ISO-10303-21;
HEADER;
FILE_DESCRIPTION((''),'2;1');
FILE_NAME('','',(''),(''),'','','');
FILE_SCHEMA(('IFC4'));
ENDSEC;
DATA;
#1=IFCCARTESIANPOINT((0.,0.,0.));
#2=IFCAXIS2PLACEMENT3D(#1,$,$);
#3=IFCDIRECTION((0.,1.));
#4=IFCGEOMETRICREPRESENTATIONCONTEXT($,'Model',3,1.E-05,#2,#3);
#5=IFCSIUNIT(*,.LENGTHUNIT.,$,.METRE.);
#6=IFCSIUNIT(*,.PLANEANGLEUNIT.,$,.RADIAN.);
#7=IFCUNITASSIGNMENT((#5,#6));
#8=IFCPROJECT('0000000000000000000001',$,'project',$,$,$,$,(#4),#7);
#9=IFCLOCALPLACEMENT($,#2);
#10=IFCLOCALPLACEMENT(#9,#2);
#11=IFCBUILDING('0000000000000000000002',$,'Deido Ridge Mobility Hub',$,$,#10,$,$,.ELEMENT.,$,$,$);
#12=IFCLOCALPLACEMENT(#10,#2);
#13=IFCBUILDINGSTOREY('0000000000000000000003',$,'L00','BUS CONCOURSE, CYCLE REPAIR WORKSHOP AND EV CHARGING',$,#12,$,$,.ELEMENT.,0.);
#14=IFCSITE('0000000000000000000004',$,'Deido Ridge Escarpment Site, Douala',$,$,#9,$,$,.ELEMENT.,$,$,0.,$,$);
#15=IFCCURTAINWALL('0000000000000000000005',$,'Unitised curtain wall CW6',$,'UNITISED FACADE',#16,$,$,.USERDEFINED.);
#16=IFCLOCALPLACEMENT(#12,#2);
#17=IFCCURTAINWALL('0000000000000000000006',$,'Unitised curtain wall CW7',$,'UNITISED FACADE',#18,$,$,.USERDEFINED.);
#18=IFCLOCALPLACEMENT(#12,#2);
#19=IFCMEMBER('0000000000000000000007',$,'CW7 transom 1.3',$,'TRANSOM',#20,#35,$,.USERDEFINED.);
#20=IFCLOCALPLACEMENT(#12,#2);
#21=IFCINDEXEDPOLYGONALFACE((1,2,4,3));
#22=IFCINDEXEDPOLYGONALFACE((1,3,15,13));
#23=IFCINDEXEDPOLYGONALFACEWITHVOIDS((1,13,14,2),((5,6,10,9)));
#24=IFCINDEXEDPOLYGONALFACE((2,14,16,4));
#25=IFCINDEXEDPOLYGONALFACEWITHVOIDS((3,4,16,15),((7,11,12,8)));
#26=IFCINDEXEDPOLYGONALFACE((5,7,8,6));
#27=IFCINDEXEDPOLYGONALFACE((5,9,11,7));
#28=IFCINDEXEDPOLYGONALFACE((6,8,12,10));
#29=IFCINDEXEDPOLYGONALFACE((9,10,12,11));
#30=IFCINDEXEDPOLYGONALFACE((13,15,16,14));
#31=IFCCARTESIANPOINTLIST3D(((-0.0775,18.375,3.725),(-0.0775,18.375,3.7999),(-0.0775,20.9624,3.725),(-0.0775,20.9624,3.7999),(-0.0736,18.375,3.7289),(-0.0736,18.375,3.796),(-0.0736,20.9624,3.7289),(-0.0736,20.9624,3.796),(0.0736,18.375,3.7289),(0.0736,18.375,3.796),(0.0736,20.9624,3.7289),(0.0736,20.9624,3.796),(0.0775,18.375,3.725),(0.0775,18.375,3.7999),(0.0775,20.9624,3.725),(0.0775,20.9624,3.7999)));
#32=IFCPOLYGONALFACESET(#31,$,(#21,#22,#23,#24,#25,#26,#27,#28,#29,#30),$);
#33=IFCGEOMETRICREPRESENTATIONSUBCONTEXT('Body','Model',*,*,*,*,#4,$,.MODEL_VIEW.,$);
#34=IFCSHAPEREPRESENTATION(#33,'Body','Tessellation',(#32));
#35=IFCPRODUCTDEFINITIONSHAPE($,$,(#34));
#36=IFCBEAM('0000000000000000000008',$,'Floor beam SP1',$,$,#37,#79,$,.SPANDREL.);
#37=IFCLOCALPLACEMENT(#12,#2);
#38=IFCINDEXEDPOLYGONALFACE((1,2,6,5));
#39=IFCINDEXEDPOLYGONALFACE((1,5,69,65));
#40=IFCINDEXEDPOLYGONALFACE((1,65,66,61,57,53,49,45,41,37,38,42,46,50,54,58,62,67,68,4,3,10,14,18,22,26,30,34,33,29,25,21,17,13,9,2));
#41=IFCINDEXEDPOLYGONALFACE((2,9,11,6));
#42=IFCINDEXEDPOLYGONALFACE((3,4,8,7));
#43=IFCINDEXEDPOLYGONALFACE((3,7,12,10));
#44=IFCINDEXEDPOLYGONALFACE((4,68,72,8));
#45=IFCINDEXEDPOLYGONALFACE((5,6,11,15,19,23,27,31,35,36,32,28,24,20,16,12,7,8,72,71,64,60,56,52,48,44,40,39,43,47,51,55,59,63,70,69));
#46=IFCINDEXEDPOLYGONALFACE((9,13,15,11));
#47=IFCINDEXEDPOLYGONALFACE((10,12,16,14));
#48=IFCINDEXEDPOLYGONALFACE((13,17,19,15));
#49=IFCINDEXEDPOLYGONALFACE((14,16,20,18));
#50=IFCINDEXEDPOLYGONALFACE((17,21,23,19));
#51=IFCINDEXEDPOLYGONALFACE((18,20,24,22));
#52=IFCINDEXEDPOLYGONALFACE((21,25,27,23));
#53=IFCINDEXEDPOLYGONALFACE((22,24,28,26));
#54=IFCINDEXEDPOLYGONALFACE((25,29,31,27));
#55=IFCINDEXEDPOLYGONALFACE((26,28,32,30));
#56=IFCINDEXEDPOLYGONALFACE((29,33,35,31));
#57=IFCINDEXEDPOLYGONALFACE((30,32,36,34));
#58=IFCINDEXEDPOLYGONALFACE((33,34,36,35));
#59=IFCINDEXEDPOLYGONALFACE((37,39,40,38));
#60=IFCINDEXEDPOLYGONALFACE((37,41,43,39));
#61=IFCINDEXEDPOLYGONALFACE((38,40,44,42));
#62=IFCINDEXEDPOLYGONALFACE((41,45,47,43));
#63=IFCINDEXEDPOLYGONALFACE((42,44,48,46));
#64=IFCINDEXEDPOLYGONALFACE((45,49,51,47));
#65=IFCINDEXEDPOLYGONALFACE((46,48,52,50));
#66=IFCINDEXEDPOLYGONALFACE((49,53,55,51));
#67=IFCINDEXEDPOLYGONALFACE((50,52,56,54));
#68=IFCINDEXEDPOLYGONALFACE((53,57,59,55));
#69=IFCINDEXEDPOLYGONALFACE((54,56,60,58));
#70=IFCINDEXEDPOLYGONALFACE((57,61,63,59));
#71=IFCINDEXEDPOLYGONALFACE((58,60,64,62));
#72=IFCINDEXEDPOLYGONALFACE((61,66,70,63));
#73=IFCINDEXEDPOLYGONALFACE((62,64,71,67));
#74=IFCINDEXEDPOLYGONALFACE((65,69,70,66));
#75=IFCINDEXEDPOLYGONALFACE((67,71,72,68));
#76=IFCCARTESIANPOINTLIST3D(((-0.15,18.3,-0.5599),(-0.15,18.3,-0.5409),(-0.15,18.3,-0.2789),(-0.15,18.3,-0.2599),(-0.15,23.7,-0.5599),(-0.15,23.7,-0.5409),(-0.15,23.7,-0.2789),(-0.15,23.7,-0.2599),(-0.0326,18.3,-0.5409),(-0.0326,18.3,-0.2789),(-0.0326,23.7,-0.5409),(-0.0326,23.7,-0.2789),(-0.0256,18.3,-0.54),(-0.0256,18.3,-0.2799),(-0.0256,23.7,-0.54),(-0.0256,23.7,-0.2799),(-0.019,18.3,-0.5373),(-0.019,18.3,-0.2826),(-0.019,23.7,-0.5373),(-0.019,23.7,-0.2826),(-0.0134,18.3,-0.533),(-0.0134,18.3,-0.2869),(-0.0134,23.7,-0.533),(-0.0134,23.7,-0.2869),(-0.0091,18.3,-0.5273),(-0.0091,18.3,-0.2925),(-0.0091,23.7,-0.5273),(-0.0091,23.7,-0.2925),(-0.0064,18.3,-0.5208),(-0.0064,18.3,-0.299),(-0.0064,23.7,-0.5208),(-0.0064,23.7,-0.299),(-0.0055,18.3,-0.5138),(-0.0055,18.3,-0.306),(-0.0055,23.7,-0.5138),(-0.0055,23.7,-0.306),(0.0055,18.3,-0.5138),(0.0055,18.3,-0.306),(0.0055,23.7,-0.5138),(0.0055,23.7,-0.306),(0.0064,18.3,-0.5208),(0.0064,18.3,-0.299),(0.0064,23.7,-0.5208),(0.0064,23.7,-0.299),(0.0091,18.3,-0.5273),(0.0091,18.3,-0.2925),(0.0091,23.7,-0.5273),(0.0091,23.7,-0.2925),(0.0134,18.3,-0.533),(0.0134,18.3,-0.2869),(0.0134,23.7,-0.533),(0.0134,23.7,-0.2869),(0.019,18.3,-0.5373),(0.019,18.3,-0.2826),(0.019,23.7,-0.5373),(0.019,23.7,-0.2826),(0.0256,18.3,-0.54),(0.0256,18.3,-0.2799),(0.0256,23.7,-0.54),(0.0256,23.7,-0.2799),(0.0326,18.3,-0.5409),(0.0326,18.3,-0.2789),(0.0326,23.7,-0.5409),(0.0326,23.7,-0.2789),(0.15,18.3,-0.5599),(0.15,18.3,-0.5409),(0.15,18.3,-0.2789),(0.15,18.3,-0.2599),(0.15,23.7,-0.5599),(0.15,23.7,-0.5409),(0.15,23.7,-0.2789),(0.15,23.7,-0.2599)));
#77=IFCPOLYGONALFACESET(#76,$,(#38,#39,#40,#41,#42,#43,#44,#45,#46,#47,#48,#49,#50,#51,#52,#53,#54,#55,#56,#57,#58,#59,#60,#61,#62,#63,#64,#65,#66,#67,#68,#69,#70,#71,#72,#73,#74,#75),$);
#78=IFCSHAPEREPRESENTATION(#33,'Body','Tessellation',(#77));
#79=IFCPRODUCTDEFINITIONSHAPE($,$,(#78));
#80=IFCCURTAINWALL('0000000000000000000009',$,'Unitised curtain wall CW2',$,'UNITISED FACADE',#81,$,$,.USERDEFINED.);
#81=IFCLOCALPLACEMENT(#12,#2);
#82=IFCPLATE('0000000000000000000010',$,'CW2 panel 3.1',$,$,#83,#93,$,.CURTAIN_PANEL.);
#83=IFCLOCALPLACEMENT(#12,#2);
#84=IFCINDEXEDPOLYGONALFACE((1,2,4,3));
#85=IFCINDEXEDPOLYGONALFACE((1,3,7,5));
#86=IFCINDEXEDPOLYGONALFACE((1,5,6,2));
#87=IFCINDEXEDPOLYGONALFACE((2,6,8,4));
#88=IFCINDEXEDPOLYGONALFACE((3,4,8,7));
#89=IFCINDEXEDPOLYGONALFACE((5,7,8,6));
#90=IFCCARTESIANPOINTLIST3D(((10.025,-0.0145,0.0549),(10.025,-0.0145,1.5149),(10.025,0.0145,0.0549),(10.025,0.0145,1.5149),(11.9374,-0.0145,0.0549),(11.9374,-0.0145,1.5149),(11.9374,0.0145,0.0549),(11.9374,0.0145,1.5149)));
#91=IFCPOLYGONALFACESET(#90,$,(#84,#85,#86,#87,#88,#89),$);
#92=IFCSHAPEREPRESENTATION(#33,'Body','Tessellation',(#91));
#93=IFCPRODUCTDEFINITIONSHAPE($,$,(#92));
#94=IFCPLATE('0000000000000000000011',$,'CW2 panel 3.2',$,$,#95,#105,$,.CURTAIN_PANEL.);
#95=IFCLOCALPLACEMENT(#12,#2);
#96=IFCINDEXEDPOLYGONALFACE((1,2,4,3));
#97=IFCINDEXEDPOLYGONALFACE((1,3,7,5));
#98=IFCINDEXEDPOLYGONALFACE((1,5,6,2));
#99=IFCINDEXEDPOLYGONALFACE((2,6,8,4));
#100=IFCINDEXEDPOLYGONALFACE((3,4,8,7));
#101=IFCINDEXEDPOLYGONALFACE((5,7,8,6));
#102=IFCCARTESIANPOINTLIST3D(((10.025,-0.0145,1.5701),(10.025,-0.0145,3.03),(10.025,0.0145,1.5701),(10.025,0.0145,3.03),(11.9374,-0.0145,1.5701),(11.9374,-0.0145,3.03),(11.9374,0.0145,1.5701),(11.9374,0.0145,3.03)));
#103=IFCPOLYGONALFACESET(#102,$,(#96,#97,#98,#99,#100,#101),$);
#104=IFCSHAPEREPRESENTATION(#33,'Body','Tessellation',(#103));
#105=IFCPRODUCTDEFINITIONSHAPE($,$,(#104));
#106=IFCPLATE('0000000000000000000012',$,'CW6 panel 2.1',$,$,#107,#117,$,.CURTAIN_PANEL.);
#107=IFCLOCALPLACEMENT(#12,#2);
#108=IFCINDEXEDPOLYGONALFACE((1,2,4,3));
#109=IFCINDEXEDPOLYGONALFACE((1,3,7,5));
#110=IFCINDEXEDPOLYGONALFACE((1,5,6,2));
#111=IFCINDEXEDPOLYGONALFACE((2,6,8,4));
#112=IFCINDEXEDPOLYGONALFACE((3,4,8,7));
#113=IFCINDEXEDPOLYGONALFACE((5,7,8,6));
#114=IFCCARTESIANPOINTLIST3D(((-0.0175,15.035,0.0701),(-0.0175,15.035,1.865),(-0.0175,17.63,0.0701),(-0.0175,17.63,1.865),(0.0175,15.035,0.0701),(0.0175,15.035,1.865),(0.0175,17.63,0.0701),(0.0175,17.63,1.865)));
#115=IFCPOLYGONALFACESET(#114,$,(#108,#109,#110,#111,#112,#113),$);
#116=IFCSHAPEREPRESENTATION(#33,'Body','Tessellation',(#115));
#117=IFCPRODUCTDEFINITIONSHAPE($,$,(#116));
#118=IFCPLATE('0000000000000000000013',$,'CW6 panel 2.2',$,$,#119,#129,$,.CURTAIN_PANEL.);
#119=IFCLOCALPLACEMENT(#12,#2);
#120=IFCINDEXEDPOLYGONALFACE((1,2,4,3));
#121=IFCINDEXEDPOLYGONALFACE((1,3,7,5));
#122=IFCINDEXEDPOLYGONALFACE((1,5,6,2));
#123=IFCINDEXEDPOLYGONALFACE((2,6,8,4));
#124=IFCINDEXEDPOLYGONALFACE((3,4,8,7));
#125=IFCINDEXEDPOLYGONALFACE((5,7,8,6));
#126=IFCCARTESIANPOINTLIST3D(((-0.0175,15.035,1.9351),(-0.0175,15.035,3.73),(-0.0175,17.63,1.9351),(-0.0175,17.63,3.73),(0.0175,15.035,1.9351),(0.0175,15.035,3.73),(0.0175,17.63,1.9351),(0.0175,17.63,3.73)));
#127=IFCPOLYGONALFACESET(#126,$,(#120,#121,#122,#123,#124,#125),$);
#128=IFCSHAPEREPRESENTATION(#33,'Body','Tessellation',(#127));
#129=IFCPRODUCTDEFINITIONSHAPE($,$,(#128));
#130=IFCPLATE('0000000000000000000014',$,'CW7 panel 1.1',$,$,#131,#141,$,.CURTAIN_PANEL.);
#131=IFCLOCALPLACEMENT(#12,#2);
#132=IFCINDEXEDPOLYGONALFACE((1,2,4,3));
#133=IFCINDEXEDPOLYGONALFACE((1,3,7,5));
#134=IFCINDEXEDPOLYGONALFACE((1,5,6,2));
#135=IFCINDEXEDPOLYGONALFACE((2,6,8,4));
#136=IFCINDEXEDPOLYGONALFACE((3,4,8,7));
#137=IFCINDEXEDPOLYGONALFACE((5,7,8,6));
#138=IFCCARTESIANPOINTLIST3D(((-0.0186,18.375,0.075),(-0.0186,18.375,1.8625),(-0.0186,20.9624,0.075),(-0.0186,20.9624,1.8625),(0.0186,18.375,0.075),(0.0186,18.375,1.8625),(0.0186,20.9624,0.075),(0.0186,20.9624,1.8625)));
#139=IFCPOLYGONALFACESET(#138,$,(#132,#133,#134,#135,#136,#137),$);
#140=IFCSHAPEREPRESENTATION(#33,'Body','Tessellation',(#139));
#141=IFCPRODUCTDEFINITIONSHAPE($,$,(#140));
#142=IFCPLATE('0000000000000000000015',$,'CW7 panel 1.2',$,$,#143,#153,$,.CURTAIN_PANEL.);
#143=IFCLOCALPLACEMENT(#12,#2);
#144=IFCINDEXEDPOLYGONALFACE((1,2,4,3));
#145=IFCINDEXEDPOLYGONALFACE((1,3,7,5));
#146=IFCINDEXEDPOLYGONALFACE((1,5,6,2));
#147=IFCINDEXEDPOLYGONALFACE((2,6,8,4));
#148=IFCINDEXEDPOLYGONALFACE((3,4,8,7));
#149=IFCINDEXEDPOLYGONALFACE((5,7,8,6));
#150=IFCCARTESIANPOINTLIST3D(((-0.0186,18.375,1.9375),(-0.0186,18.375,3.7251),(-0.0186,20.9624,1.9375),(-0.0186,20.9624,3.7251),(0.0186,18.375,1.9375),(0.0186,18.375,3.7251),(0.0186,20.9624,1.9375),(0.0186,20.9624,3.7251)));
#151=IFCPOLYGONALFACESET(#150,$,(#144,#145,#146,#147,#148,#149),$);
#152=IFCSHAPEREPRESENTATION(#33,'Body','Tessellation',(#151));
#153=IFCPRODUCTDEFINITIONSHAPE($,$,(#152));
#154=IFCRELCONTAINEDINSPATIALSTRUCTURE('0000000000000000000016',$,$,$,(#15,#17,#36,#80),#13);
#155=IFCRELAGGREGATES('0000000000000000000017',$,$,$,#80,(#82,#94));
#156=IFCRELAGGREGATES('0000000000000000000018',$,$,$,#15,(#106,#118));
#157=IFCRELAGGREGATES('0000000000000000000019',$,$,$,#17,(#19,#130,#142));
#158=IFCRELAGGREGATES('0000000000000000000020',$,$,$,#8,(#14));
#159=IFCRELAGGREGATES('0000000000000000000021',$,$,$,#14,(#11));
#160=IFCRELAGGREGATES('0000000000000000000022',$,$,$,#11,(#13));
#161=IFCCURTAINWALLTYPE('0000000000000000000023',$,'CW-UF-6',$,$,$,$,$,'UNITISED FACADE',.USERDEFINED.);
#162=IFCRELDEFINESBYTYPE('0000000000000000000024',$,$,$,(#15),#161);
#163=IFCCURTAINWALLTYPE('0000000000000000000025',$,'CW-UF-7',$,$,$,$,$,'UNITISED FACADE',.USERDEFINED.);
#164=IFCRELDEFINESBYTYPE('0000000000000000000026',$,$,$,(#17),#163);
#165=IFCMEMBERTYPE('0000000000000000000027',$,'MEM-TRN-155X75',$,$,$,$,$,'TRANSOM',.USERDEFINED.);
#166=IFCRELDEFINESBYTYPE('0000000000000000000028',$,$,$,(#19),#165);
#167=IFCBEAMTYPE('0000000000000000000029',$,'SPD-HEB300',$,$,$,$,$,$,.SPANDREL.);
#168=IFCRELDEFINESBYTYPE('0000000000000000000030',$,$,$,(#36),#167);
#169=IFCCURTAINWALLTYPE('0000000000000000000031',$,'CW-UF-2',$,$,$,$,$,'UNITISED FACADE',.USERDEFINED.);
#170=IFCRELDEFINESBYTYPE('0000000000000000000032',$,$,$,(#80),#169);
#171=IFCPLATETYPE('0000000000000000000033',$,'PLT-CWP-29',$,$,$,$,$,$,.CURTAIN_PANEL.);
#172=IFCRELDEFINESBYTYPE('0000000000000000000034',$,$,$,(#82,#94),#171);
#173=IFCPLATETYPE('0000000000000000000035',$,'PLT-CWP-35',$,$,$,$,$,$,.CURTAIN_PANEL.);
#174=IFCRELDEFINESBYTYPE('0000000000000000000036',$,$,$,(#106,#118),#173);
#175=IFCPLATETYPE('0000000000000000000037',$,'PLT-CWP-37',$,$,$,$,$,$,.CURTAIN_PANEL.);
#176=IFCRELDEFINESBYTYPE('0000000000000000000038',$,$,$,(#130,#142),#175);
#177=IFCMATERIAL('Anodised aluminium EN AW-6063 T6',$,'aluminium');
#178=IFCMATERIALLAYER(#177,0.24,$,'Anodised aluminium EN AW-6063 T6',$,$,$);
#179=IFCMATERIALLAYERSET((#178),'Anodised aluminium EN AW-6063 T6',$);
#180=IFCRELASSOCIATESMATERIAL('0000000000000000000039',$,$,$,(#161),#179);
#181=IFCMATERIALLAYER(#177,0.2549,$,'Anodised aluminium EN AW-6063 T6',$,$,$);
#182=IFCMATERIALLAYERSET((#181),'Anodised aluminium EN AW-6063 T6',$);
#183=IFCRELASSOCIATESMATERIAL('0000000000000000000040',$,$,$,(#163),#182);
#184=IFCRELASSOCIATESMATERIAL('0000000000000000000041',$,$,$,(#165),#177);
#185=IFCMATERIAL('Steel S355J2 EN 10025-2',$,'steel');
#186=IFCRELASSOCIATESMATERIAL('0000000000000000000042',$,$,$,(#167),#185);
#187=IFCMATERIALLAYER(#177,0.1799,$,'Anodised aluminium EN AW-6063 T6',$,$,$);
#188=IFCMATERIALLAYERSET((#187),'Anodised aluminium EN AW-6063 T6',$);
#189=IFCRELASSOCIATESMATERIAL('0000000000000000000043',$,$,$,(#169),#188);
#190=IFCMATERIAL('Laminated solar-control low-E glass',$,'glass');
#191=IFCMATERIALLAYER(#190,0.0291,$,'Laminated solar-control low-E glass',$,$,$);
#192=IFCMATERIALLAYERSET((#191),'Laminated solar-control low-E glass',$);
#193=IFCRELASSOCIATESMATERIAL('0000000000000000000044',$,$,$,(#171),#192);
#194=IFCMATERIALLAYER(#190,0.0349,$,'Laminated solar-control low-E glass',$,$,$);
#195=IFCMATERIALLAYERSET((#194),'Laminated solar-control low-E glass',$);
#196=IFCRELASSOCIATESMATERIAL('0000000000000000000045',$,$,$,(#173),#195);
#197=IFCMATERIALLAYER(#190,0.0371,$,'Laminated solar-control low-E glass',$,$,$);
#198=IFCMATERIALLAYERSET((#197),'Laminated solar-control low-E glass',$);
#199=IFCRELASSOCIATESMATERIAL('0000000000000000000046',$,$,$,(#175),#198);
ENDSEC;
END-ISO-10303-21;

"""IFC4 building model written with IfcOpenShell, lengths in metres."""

from ifc_helpers import new_model, si_unit, direction, frame, origin, origin_2d, place, context, subcontext, project, spatial, rectangle, hollow_rectangle, i_section, extrude, material, layer, layer_set, material_profile, profile_set, type_object, element, aggregate, save


model = new_model("IFC4")

# Units and contexts
model_context = context("Model", 3, precision=1e-05, world=origin(), true_north=direction((0.0, 1.0)))
body_context = subcontext(model_context, "Body", "Model", "MODEL_VIEW")
ifc_project = project(units=[si_unit("LENGTHUNIT", "METRE"), si_unit("PLANEANGLEUNIT", "RADIAN")], contexts=[model_context])

# Site, building, storey
site_placement = place(None, origin())
site = spatial("IfcSite", under=ifc_project, at=site_placement, Name="Deido Ridge Escarpment Site, Douala", CompositionType="ELEMENT", RefElevation=0.0)
building_placement = place(site_placement, origin())
building = spatial("IfcBuilding", under=site, at=building_placement, Name="Deido Ridge Mobility Hub", CompositionType="ELEMENT")
storey_placement = place(building_placement, origin())
storey = spatial("IfcBuildingStorey", under=building, at=storey_placement, Name="L00", Description="BUS CONCOURSE, CYCLE REPAIR WORKSHOP AND EV CHARGING", CompositionType="ELEMENT", Elevation=0.0)

# Shared definitions
ifc_material_1 = material(Name="Steel S355J2 EN 10025-2", Category="steel")

# Curtain walls
ifc_material_2 = material(Name="Anodised aluminium EN AW-6063 T6", Category="aluminium")
ifc_layer_1 = layer(ifc_material_2, 0.24, Name="Anodised aluminium EN AW-6063 T6")
ifc_layer_set_1 = layer_set([ifc_layer_1], Name="Anodised aluminium EN AW-6063 T6")
curtain_wall_type_1 = type_object("IfcCurtainWallType", Name="CW-UF-6", ElementType="UNITISED FACADE", PredefinedType="USERDEFINED", material=ifc_layer_set_1)
curtain_wall_1_placement = place(storey_placement, origin())
curtain_wall_1 = element("IfcCurtainWall", 1, at=curtain_wall_1_placement, inside=storey, type_object=curtain_wall_type_1, Name="Unitised curtain wall CW6", ObjectType="UNITISED FACADE", PredefinedType="USERDEFINED")
ifc_layer_2 = layer(ifc_material_2, 0.2549, Name="Anodised aluminium EN AW-6063 T6")
ifc_layer_set_2 = layer_set([ifc_layer_2], Name="Anodised aluminium EN AW-6063 T6")
curtain_wall_type_2 = type_object("IfcCurtainWallType", Name="CW-UF-7", ElementType="UNITISED FACADE", PredefinedType="USERDEFINED", material=ifc_layer_set_2)
curtain_wall_2_placement = place(storey_placement, origin())
curtain_wall_2 = element("IfcCurtainWall", 2, at=curtain_wall_2_placement, inside=storey, type_object=curtain_wall_type_2, Name="Unitised curtain wall CW7", ObjectType="UNITISED FACADE", PredefinedType="USERDEFINED")

# Member
ifc_material_profile_1 = material_profile(ifc_material_2, hollow_rectangle(XDim=0.155, YDim=0.075, WallThickness=0.0039, at=origin_2d()), Name="RHS 155x75x4")
ifc_profile_set_1 = profile_set([ifc_material_profile_1], Name="Anodised aluminium EN AW-6063 T6")
member_type_1 = type_object("IfcMemberType", Name="MEM-TRN-155X75", ElementType="TRANSOM", PredefinedType="USERDEFINED", material=ifc_profile_set_1)
member_1_placement = place(storey_placement, frame((0.0, 18.375, 3.7625), z_axis=(0.0, 1.0, 0.0), x_axis=(-1.0, 0.0, 0.0)))
member_1 = element("IfcMember", 3, at=member_1_placement, type_object=member_type_1, Name="CW7 transom 1.3", ObjectType="TRANSOM", PredefinedType="USERDEFINED", context=body_context, shape_type="SweptSolid", body=[
    extrude(hollow_rectangle(XDim=0.155, YDim=0.075, WallThickness=0.0039, at=origin_2d()), origin(), (0.0, 0.0, 1.0), 2.5874),
])

# Beam
ifc_material_profile_2 = material_profile(ifc_material_1, i_section(OverallWidth=0.3, OverallDepth=0.3, WebThickness=0.011, FlangeThickness=0.019, FilletRadius=0.0271, at=origin_2d()), Name="HEB 300")
ifc_profile_set_2 = profile_set([ifc_material_profile_2], Name="Steel S355J2 EN 10025-2")
beam_type = type_object("IfcBeamType", Name="SPD-HEB300", PredefinedType="SPANDREL", material=ifc_profile_set_2)
beam_placement = place(storey_placement, frame((0.0, 18.3, -0.4099), z_axis=(0.0, 1.0, 0.0), x_axis=(-1.0, 0.0, 0.0)))
element("IfcBeam", 4, at=beam_placement, inside=storey, type_object=beam_type, Name="Floor beam SP1", PredefinedType="SPANDREL", context=body_context, shape_type="SweptSolid", body=[
    extrude(i_section(OverallWidth=0.3, OverallDepth=0.3, WebThickness=0.011, FlangeThickness=0.019, FilletRadius=0.0271, at=origin_2d()), origin(), (0.0, 0.0, 1.0), 5.3999),
])

# Curtain wall, plates
ifc_layer_3 = layer(ifc_material_2, 0.1799, Name="Anodised aluminium EN AW-6063 T6")
ifc_layer_set_3 = layer_set([ifc_layer_3], Name="Anodised aluminium EN AW-6063 T6")
curtain_wall_type_3 = type_object("IfcCurtainWallType", Name="CW-UF-2", ElementType="UNITISED FACADE", PredefinedType="USERDEFINED", material=ifc_layer_set_3)
curtain_wall_3_placement = place(storey_placement, origin())
curtain_wall_3 = element("IfcCurtainWall", 5, at=curtain_wall_3_placement, inside=storey, type_object=curtain_wall_type_3, Name="Unitised curtain wall CW2", ObjectType="UNITISED FACADE", PredefinedType="USERDEFINED")
ifc_material_3 = material(Name="Laminated solar-control low-E glass", Category="glass")
ifc_layer_4 = layer(ifc_material_3, 0.0291, Name="Laminated solar-control low-E glass")
ifc_layer_set_4 = layer_set([ifc_layer_4], Name="Laminated solar-control low-E glass")
plate_type_1 = type_object("IfcPlateType", Name="PLT-CWP-29", PredefinedType="CURTAIN_PANEL", material=ifc_layer_set_4)
plate_1_placement = place(storey_placement, frame((10.9812, 0.0, 0.0549), z_axis=(0.0, 0.0, 1.0), x_axis=(1.0, 0.0, 0.0)))
plate_1 = element("IfcPlate", 6, at=plate_1_placement, type_object=plate_type_1, Name="CW2 panel 3.1", PredefinedType="CURTAIN_PANEL", context=body_context, shape_type="SweptSolid", body=[
    extrude(rectangle(XDim=1.9124, YDim=0.0291, at=origin_2d()), origin(), (0.0, 0.0, 1.0), 1.46),
])
plate_2_placement = place(storey_placement, frame((10.9812, 0.0, 1.5701), z_axis=(0.0, 0.0, 1.0), x_axis=(1.0, 0.0, 0.0)))
plate_2 = element("IfcPlate", 7, at=plate_2_placement, type_object=plate_type_1, Name="CW2 panel 3.2", PredefinedType="CURTAIN_PANEL", context=body_context, shape_type="SweptSolid", body=[
    extrude(rectangle(XDim=1.9124, YDim=0.0291, at=origin_2d()), origin(), (0.0, 0.0, 1.0), 1.46),
])
aggregate(curtain_wall_3, [plate_1, plate_2])

# Plates
ifc_layer_5 = layer(ifc_material_3, 0.0349, Name="Laminated solar-control low-E glass")
ifc_layer_set_5 = layer_set([ifc_layer_5], Name="Laminated solar-control low-E glass")
plate_type_2 = type_object("IfcPlateType", Name="PLT-CWP-35", PredefinedType="CURTAIN_PANEL", material=ifc_layer_set_5)
plate_3_placement = place(storey_placement, frame((0.0, 16.3325, 0.0701), z_axis=(0.0, 0.0, 1.0), x_axis=(0.0, 1.0, 0.0)))
plate_3 = element("IfcPlate", 8, at=plate_3_placement, type_object=plate_type_2, Name="CW6 panel 2.1", PredefinedType="CURTAIN_PANEL", context=body_context, shape_type="SweptSolid", body=[
    extrude(rectangle(XDim=2.595, YDim=0.0349, at=origin_2d()), origin(), (0.0, 0.0, 1.0), 1.7949),
])
plate_4_placement = place(storey_placement, frame((0.0, 16.3325, 1.9351), z_axis=(0.0, 0.0, 1.0), x_axis=(0.0, 1.0, 0.0)))
plate_4 = element("IfcPlate", 9, at=plate_4_placement, type_object=plate_type_2, Name="CW6 panel 2.2", PredefinedType="CURTAIN_PANEL", context=body_context, shape_type="SweptSolid", body=[
    extrude(rectangle(XDim=2.595, YDim=0.0349, at=origin_2d()), origin(), (0.0, 0.0, 1.0), 1.7949),
])
aggregate(curtain_wall_1, [plate_3, plate_4])
ifc_layer_6 = layer(ifc_material_3, 0.0371, Name="Laminated solar-control low-E glass")
ifc_layer_set_6 = layer_set([ifc_layer_6], Name="Laminated solar-control low-E glass")
plate_type_3 = type_object("IfcPlateType", Name="PLT-CWP-37", PredefinedType="CURTAIN_PANEL", material=ifc_layer_set_6)
plate_5_placement = place(storey_placement, frame((0.0, 19.6687, 0.075), z_axis=(0.0, 0.0, 1.0), x_axis=(0.0, 1.0, 0.0)))
plate_5 = element("IfcPlate", 10, at=plate_5_placement, type_object=plate_type_3, Name="CW7 panel 1.1", PredefinedType="CURTAIN_PANEL", context=body_context, shape_type="SweptSolid", body=[
    extrude(rectangle(XDim=2.5874, YDim=0.0371, at=origin_2d()), origin(), (0.0, 0.0, 1.0), 1.7876),
])
plate_6_placement = place(storey_placement, frame((0.0, 19.6687, 1.9375), z_axis=(0.0, 0.0, 1.0), x_axis=(0.0, 1.0, 0.0)))
plate_6 = element("IfcPlate", 11, at=plate_6_placement, type_object=plate_type_3, Name="CW7 panel 1.2", PredefinedType="CURTAIN_PANEL", context=body_context, shape_type="SweptSolid", body=[
    extrude(rectangle(XDim=2.5874, YDim=0.0371, at=origin_2d()), origin(), (0.0, 0.0, 1.0), 1.7876),
])
aggregate(curtain_wall_2, [member_1, plate_5, plate_6])

save(model, "model.ifc")
